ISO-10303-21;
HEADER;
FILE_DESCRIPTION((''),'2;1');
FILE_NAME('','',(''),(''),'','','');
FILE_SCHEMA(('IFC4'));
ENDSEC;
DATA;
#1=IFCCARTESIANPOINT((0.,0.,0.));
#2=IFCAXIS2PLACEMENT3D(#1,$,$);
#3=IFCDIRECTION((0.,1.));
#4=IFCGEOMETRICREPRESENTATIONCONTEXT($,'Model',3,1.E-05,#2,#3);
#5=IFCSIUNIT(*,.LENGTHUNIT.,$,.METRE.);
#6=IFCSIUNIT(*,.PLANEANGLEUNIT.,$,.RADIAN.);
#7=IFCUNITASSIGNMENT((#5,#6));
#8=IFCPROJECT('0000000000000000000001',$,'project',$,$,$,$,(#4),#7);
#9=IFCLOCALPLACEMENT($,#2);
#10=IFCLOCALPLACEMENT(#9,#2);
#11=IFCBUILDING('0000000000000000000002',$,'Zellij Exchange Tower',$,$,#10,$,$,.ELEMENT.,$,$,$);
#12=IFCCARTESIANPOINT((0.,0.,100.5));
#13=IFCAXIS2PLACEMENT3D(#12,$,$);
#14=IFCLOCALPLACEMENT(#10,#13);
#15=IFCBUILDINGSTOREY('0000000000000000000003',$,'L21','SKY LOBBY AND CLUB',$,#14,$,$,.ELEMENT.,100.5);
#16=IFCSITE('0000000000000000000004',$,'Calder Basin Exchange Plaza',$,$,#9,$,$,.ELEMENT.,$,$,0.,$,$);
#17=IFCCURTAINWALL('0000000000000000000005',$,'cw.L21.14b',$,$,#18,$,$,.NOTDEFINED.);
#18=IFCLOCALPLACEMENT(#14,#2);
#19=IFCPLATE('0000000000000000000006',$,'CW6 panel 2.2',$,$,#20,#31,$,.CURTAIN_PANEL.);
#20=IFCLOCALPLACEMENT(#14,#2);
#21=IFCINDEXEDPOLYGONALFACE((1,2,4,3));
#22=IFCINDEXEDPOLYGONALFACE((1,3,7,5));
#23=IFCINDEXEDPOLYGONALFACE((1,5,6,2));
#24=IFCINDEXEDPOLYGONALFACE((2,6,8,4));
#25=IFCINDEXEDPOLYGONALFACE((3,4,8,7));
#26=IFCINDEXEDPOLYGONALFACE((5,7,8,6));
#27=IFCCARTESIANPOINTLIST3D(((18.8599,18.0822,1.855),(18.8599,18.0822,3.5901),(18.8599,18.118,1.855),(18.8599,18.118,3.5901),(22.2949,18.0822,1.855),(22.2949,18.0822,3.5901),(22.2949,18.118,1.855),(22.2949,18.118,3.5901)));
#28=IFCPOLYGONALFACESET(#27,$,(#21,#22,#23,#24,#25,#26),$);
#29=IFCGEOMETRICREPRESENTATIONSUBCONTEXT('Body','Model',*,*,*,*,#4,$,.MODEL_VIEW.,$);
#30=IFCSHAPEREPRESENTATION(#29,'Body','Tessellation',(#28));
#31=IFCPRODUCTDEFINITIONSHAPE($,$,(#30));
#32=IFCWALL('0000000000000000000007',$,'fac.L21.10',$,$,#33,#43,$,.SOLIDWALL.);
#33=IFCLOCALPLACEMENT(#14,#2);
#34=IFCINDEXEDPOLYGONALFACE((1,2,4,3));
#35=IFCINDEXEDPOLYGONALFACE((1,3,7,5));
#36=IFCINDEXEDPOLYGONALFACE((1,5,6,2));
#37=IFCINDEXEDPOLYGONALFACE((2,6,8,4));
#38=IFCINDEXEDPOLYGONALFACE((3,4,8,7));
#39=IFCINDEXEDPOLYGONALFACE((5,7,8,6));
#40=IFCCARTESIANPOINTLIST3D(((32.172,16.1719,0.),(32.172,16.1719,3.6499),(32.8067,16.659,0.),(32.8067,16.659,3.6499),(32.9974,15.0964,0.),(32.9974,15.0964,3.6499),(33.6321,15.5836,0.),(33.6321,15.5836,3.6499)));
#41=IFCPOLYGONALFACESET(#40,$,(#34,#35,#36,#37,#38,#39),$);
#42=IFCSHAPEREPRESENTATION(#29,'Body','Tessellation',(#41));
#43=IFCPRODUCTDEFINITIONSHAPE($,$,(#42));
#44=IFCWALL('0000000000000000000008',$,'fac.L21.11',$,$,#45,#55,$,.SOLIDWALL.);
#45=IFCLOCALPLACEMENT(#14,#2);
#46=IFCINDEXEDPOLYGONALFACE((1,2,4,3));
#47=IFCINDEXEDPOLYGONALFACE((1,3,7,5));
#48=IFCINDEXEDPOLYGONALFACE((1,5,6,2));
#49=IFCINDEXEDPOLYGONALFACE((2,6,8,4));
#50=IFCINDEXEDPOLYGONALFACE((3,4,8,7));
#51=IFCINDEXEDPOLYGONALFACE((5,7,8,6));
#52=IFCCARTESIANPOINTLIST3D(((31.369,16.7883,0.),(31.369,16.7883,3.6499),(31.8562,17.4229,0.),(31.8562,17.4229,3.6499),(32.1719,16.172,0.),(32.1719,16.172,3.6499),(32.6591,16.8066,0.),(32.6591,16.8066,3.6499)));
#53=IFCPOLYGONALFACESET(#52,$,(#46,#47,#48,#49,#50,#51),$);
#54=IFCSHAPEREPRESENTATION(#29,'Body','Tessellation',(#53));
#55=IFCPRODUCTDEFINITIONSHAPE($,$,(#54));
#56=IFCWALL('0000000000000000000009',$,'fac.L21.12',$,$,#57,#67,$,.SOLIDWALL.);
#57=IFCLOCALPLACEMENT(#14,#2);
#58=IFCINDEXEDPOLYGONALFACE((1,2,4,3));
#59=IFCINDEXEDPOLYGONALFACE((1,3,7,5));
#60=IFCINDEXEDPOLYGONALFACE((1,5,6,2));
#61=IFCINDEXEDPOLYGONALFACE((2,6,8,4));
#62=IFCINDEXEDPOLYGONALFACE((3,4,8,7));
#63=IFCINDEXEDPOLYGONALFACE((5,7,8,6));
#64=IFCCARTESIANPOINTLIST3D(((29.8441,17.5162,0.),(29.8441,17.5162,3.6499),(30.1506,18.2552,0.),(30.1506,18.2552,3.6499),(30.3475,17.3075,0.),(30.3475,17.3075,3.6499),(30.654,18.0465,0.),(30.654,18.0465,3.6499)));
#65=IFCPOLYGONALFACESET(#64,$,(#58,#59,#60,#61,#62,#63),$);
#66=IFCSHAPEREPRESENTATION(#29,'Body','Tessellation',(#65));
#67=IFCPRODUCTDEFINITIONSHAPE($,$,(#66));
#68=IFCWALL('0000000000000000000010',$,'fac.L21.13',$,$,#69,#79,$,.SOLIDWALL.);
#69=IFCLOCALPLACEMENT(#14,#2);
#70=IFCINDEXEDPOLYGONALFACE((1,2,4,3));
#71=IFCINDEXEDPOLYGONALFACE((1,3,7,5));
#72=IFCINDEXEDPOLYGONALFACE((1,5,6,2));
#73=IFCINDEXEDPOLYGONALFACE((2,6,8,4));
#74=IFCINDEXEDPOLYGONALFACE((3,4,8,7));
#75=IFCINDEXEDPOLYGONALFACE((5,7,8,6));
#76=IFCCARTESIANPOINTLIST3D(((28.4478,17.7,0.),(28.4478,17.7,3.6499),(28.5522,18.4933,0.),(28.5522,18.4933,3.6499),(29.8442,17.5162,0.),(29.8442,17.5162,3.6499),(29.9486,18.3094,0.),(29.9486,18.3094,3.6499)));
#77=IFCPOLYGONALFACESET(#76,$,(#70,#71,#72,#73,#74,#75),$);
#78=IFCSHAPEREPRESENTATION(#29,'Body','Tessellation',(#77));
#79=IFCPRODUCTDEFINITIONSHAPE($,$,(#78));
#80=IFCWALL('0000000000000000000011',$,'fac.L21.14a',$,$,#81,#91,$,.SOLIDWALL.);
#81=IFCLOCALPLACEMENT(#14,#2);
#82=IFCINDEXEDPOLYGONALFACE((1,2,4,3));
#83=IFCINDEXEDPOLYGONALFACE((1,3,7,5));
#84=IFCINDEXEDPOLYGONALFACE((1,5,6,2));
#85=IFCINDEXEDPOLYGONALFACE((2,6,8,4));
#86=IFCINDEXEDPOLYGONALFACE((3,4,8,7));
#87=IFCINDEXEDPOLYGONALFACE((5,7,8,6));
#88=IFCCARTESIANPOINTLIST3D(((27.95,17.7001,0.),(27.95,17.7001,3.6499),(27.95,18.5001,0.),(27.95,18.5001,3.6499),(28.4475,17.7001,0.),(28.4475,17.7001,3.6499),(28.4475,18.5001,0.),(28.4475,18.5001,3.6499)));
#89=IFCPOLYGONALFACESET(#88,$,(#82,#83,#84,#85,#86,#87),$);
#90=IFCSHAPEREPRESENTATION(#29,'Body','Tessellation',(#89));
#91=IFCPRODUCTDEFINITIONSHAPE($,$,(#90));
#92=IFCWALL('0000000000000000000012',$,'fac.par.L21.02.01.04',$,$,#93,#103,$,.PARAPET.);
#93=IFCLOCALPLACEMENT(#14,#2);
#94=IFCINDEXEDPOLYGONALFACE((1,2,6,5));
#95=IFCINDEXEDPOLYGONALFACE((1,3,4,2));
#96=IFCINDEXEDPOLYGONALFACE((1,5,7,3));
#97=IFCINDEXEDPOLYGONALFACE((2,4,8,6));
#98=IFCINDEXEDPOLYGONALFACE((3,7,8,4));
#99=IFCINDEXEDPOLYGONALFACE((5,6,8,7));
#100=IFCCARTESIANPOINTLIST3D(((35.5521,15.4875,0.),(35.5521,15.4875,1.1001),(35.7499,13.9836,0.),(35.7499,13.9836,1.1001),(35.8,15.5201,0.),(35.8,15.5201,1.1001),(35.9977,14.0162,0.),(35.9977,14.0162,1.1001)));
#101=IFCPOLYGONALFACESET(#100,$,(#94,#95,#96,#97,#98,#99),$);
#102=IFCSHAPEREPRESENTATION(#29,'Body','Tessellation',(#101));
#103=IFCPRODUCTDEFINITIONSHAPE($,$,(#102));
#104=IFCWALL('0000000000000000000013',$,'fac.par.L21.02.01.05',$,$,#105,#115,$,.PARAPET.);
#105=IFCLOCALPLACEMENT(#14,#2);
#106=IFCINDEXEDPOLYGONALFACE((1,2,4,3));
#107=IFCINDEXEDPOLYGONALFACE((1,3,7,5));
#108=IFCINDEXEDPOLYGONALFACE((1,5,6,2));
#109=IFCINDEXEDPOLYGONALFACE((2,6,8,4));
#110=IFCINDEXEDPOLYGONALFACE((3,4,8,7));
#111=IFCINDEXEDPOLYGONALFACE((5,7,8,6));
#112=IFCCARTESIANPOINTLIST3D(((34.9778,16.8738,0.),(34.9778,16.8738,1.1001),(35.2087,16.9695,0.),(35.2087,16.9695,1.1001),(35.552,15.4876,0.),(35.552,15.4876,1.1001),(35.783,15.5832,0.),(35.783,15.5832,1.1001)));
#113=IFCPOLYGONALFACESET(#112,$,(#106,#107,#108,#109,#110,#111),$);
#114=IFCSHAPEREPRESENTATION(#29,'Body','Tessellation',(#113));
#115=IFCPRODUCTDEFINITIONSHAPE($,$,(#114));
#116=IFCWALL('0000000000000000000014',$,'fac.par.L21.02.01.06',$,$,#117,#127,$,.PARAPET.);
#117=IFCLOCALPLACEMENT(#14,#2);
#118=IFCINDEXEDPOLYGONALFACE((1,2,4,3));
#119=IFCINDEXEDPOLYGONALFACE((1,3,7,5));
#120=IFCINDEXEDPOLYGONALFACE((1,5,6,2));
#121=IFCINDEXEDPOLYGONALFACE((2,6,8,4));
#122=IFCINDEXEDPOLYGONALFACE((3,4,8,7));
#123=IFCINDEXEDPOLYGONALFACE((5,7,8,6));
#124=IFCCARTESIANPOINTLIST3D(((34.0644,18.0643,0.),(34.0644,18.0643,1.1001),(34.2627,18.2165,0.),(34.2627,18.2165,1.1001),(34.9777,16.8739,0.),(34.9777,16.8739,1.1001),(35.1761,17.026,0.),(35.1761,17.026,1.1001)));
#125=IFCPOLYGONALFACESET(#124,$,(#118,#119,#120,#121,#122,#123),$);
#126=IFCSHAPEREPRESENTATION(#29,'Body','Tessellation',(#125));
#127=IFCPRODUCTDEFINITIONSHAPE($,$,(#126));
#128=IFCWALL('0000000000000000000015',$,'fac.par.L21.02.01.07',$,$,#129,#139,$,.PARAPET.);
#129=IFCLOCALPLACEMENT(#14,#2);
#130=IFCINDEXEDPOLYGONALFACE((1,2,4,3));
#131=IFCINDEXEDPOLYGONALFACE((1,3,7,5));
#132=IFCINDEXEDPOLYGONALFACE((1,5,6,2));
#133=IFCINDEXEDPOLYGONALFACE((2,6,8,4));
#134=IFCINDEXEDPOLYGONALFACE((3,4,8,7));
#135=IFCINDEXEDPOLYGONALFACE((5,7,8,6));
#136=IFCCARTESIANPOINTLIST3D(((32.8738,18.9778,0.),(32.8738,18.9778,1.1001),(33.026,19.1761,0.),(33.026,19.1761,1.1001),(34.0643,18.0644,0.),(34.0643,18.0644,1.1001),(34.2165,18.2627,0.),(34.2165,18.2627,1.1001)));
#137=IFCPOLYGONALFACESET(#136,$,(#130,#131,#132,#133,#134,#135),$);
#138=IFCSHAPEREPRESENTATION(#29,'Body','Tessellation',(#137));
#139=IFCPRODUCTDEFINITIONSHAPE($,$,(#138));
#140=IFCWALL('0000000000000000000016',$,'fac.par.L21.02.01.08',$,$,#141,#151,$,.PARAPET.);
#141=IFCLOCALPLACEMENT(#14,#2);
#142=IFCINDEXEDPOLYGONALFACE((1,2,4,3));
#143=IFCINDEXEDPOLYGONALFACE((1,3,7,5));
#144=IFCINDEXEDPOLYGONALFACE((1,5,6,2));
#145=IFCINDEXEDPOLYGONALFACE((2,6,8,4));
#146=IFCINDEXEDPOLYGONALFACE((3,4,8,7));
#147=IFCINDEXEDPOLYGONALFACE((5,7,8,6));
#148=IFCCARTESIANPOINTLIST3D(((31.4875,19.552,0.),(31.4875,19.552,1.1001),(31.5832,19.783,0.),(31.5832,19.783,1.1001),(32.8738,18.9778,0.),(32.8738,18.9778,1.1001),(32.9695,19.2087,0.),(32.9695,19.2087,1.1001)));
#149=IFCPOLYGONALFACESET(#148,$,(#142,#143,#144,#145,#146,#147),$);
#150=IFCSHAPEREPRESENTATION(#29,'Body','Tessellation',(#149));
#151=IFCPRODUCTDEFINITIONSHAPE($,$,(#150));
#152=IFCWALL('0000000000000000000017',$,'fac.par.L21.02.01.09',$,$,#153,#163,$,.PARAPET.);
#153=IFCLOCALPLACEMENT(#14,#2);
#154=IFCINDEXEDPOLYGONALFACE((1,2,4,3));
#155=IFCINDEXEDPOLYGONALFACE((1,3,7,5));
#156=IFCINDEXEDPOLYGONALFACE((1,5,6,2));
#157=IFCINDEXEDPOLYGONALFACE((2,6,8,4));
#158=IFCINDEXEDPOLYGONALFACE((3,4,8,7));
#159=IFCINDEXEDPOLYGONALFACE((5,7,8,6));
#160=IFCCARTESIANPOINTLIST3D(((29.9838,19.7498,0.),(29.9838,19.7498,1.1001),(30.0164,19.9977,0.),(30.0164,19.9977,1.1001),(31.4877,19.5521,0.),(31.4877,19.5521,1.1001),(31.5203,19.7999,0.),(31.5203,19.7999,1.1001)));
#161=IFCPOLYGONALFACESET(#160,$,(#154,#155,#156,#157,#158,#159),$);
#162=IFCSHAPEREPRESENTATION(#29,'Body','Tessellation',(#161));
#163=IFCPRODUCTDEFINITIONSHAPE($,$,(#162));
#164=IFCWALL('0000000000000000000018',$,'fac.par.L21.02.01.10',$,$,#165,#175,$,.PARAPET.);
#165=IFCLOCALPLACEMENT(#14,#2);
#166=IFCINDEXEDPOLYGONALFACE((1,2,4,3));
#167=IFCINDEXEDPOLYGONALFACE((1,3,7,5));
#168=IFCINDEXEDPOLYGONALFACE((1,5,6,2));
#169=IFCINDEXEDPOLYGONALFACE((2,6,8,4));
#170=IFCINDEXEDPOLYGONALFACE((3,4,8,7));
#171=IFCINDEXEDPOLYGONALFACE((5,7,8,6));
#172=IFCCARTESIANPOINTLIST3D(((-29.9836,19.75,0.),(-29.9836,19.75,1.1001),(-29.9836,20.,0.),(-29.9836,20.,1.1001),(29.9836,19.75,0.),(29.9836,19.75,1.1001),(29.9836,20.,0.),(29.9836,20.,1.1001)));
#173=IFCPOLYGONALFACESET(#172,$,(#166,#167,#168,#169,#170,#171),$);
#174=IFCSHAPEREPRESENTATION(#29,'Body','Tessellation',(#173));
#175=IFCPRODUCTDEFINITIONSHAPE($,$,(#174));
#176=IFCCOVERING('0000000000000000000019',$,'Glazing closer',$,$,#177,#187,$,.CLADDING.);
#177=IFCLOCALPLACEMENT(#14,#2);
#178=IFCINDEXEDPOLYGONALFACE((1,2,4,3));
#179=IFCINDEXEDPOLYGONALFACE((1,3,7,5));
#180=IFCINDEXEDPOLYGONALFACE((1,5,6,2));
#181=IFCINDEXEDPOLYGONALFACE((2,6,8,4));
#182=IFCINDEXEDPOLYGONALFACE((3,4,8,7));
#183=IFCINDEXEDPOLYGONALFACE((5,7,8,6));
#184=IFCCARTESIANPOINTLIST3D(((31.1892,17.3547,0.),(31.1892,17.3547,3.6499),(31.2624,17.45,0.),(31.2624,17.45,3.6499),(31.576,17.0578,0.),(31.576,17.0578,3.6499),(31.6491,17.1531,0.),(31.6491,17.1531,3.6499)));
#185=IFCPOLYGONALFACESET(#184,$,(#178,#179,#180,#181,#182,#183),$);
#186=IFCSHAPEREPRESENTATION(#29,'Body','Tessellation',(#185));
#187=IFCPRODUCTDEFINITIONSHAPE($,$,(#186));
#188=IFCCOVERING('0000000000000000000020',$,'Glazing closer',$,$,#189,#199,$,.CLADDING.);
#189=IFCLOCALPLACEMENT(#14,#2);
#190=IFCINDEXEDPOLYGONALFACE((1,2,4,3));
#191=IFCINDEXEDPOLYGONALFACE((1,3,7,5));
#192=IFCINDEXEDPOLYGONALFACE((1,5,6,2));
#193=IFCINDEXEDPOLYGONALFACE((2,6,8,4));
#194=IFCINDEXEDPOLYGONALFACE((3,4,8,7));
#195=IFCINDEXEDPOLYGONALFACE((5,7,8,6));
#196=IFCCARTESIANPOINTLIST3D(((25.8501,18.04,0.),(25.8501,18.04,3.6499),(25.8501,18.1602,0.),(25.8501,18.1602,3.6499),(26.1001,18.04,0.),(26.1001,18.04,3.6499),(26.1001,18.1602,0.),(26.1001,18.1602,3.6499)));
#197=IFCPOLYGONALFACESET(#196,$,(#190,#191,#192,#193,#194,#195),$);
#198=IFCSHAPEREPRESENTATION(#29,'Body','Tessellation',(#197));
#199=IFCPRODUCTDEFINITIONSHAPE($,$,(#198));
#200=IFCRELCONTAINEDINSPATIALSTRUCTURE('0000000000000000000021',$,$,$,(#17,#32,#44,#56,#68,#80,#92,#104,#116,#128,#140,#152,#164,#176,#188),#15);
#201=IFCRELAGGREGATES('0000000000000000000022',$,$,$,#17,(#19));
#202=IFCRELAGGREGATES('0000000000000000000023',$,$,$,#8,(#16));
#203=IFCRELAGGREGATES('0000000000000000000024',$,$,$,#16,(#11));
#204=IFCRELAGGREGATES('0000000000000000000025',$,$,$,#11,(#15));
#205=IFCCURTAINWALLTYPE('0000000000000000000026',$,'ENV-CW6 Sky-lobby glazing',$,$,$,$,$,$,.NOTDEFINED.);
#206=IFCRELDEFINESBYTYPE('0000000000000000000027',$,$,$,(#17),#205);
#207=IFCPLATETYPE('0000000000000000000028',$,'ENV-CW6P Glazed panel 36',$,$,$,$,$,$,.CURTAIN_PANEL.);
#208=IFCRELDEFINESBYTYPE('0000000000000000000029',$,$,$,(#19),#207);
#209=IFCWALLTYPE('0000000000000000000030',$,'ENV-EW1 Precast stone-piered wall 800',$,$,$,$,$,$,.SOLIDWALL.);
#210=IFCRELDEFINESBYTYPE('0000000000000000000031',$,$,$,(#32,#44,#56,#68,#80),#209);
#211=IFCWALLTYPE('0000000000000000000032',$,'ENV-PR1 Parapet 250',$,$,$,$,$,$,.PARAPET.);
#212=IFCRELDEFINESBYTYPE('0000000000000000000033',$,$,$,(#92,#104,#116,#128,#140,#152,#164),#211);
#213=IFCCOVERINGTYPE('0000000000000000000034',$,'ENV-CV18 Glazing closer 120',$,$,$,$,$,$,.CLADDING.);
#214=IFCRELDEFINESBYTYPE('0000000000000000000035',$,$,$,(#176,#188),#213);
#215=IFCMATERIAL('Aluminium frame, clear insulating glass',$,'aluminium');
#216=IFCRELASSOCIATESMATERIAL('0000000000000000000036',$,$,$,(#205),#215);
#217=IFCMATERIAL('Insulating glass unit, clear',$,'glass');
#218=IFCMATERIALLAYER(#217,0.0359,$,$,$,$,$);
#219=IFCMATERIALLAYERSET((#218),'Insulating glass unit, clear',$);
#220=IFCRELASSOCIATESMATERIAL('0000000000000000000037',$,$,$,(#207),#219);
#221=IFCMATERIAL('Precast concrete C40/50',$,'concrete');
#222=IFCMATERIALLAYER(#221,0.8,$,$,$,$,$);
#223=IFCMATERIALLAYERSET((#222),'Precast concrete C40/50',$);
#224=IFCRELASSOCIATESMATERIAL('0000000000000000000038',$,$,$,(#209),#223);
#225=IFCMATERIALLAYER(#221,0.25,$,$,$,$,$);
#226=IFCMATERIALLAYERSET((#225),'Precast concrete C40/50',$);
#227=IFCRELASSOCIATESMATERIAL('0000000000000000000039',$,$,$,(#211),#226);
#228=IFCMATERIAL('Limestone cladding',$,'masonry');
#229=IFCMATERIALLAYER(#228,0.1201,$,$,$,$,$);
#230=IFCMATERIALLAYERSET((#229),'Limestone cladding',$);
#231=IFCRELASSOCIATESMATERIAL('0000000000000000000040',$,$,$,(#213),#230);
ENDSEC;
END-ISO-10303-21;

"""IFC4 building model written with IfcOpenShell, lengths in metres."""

from ifc_helpers import new_model, si_unit, direction, frame, frame_2d, origin, origin_2d, place, context, subcontext, project, spatial, rectangle, extrude, material, layer, layer_set, type_object, element, aggregate, save


model = new_model("IFC4")

# Units and contexts
model_context = context("Model", 3, precision=1e-05, world=origin(), true_north=direction((0.0, 1.0)))
body_context = subcontext(model_context, "Body", "Model", "MODEL_VIEW")
ifc_project = project(units=[si_unit("LENGTHUNIT", "METRE"), si_unit("PLANEANGLEUNIT", "RADIAN")], contexts=[model_context])

# Site, building, storey
site_placement = place(None, origin())
site = spatial("IfcSite", under=ifc_project, at=site_placement, Name="Calder Basin Exchange Plaza", CompositionType="ELEMENT", RefElevation=0.0)
building_placement = place(site_placement, origin())
building = spatial("IfcBuilding", under=site, at=building_placement, Name="Zellij Exchange Tower", CompositionType="ELEMENT")
storey_placement = place(building_placement, frame((0.0, 0.0, 100.5)))
storey = spatial("IfcBuildingStorey", under=building, at=storey_placement, Name="L21", Description="SKY LOBBY AND CLUB", CompositionType="ELEMENT", Elevation=100.5)

# Curtain wall
ifc_material_1 = material(Name="Aluminium frame, clear insulating glass", Category="aluminium")
curtain_wall_type = type_object("IfcCurtainWallType", Name="ENV-CW6 Sky-lobby glazing", PredefinedType="NOTDEFINED", material=ifc_material_1)
curtain_wall_placement = place(storey_placement, origin())
curtain_wall = element("IfcCurtainWall", 1, at=curtain_wall_placement, inside=storey, type_object=curtain_wall_type, Name="cw.L21.14b", PredefinedType="NOTDEFINED")

# Plate
ifc_material_2 = material(Name="Insulating glass unit, clear", Category="glass")
ifc_layer_1 = layer(ifc_material_2, 0.0359)
ifc_layer_set_1 = layer_set([ifc_layer_1], Name="Insulating glass unit, clear")
plate_type = type_object("IfcPlateType", Name="ENV-CW6P Glazed panel 36", PredefinedType="CURTAIN_PANEL", material=ifc_layer_set_1)
plate_1_placement = place(storey_placement, frame((20.5774, 18.1001, 1.855), z_axis=(0.0, 0.0, 1.0), x_axis=(-1.0, 0.0, 0.0)))
plate_1 = element("IfcPlate", 2, at=plate_1_placement, type_object=plate_type, Name="CW6 panel 2.2", PredefinedType="CURTAIN_PANEL", context=body_context, shape_type="SweptSolid", body=[
    extrude(rectangle(XDim=3.4351, YDim=0.0359, at=origin_2d()), origin(), (0.0, 0.0, 1.0), 1.7351),
])
aggregate(curtain_wall, [plate_1])

# Walls
ifc_material_3 = material(Name="Precast concrete C40/50", Category="concrete")
ifc_layer_2 = layer(ifc_material_3, 0.8)
ifc_layer_set_2 = layer_set([ifc_layer_2], Name="Precast concrete C40/50")
wall_type_1 = type_object("IfcWallType", Name="ENV-EW1 Precast stone-piered wall 800", PredefinedType="SOLIDWALL", material=ifc_layer_set_2)
wall_1_placement = place(storey_placement, frame((33.3147, 15.3401, 0.0), z_axis=(0.0, 0.0, 1.0), x_axis=(-0.608866, 0.793273, 0.0)))
element("IfcWall", 3, at=wall_1_placement, inside=storey, type_object=wall_type_1, Name="fac.L21.10", PredefinedType="SOLIDWALL", context=body_context, shape_type="SweptSolid", body=[
    extrude(rectangle(XDim=1.3557, YDim=0.8, at=frame_2d((0.6777, 0.0))), origin(), (0.0, 0.0, 1.0), 3.6499),
])
wall_2_placement = place(storey_placement, frame((32.4155, 16.4893, 0.0), z_axis=(0.0, 0.0, 1.0), x_axis=(-0.793206, 0.608953, 0.0)))
element("IfcWall", 4, at=wall_2_placement, inside=storey, type_object=wall_type_1, Name="fac.L21.11", PredefinedType="SOLIDWALL", context=body_context, shape_type="SweptSolid", body=[
    extrude(rectangle(XDim=1.0122, YDim=0.8, at=frame_2d((0.5061, 0.0))), origin(), (0.0, 0.0, 1.0), 3.6499),
])
wall_3_placement = place(storey_placement, frame((30.5007, 17.677, 0.0), z_axis=(0.0, 0.0, 1.0), x_axis=(-0.923738, 0.383024, 0.0)))
element("IfcWall", 5, at=wall_3_placement, inside=storey, type_object=wall_type_1, Name="fac.L21.12", PredefinedType="SOLIDWALL", context=body_context, shape_type="SweptSolid", body=[
    extrude(rectangle(XDim=0.5449, YDim=0.8, at=frame_2d((0.2725, 0.0))), origin(), (0.0, 0.0, 1.0), 3.6499),
])
wall_4_placement = place(storey_placement, frame((29.8962, 17.9128, 0.0), z_axis=(0.0, 0.0, 1.0), x_axis=(-0.991446, 0.130517, 0.0)))
element("IfcWall", 6, at=wall_4_placement, inside=storey, type_object=wall_type_1, Name="fac.L21.13", PredefinedType="SOLIDWALL", context=body_context, shape_type="SweptSolid", body=[
    extrude(rectangle(XDim=1.4084, YDim=0.8, at=frame_2d((0.7041, 0.0))), origin(), (0.0, 0.0, 1.0), 3.6499),
])
wall_5_placement = place(storey_placement, frame((28.4475, 18.1001, 0.0), z_axis=(0.0, 0.0, 1.0), x_axis=(-1.0, 0.0, 0.0)))
element("IfcWall", 7, at=wall_5_placement, inside=storey, type_object=wall_type_1, Name="fac.L21.14a", PredefinedType="SOLIDWALL", context=body_context, shape_type="SweptSolid", body=[
    extrude(rectangle(XDim=0.4976, YDim=0.8, at=frame_2d((0.2488, 0.0))), origin(), (0.0, 0.0, 1.0), 3.6499),
])
ifc_layer_3 = layer(ifc_material_3, 0.25)
ifc_layer_set_3 = layer_set([ifc_layer_3], Name="Precast concrete C40/50")
wall_type_2 = type_object("IfcWallType", Name="ENV-PR1 Parapet 250", PredefinedType="PARAPET", material=ifc_layer_set_3)
wall_6_placement = place(storey_placement, frame((35.8738, 14.0, 0.0), z_axis=(0.0, 0.0, 1.0), x_axis=(-0.130371, 0.991465, 0.0)))
element("IfcWall", 8, at=wall_6_placement, inside=storey, type_object=wall_type_2, Name="fac.par.L21.02.01.04", PredefinedType="PARAPET", context=body_context, shape_type="SweptSolid", body=[
    extrude(rectangle(XDim=1.5168, YDim=0.25, at=frame_2d((0.7583, 0.0))), origin(), (0.0, 0.0, 1.0), 1.1001),
])
for number, where, z_axis, x_axis, name in (
    (9, (35.6675, 15.5354, 0.0), (0.0, 0.0, 1.0), (-0.382697, 0.923874, 0.0), "fac.par.L21.02.01.05"),
    (10, (35.0769, 16.95, 0.0), (0.0, 0.0, 1.0), (-0.608712, 0.793392, 0.0), "fac.par.L21.02.01.06"),
    (11, (34.1404, 18.1636, 0.0), (0.0, 0.0, 1.0), (-0.793392, 0.608712, 0.0), "fac.par.L21.02.01.07"),
    (12, (32.9216, 19.0933, 0.0), (0.0, 0.0, 1.0), (-0.923874, 0.382697, 0.0), "fac.par.L21.02.01.08"),
):
    element("IfcWall", number, at=place(storey_placement, frame(where, z_axis=z_axis, x_axis=x_axis)), inside=storey, type_object=wall_type_2, Name=name, PredefinedType="PARAPET", context=body_context, shape_type="SweptSolid", body=[
        extrude(rectangle(XDim=1.5005, YDim=0.25, at=frame_2d((0.7502, 0.0))), origin(), (0.0, 0.0, 1.0), 1.1001),
    ])
wall_7_placement = place(storey_placement, frame((31.5039, 19.676, 0.0), z_axis=(0.0, 0.0, 1.0), x_axis=(-0.991465, 0.130371, 0.0)))
element("IfcWall", 13, at=wall_7_placement, inside=storey, type_object=wall_type_2, Name="fac.par.L21.02.01.09", PredefinedType="PARAPET", context=body_context, shape_type="SweptSolid", body=[
    extrude(rectangle(XDim=1.5168, YDim=0.25, at=frame_2d((0.7583, 0.0))), origin(), (0.0, 0.0, 1.0), 1.1001),
])
wall_8_placement = place(storey_placement, frame((29.9836, 19.875, 0.0), z_axis=(0.0, 0.0, 1.0), x_axis=(-1.0, 0.0, 0.0)))
element("IfcWall", 14, at=wall_8_placement, inside=storey, type_object=wall_type_2, Name="fac.par.L21.02.01.10", PredefinedType="PARAPET", context=body_context, shape_type="SweptSolid", body=[
    extrude(rectangle(XDim=59.9673, YDim=0.25, at=frame_2d((29.9836, 0.0))), origin(), (0.0, 0.0, 1.0), 1.1001),
])

# Coverings
ifc_material_4 = material(Name="Limestone cladding", Category="masonry")
ifc_layer_4 = layer(ifc_material_4, 0.1201)
ifc_layer_set_4 = layer_set([ifc_layer_4], Name="Limestone cladding")
covering_type = type_object("IfcCoveringType", Name="ENV-CV18 Glazing closer 120", PredefinedType="CLADDING", material=ifc_layer_set_4)
covering_1_placement = place(storey_placement, frame((31.4192, 17.2539, 0.0), z_axis=(0.0, 0.0, 1.0), x_axis=(-0.793316, 0.60881, 0.0)))
element("IfcCovering", 15, at=covering_1_placement, inside=storey, type_object=covering_type, Name="Glazing closer", PredefinedType="CLADDING", context=body_context, shape_type="SweptSolid", body=[
    extrude(rectangle(XDim=0.4875, YDim=0.1201, at=origin_2d()), origin(), (0.0, 0.0, 1.0), 3.6499),
])
for number, where, z_axis, x_axis, name in (
    (16, (25.9751, 18.1001, 0.0), (0.0, 0.0, 1.0), (1.0, 0.0, 0.0), "Glazing closer"),
):
    element("IfcCovering", number, at=place(storey_placement, frame(where, z_axis=z_axis, x_axis=x_axis)), inside=storey, type_object=covering_type, Name=name, PredefinedType="CLADDING", context=body_context, shape_type="SweptSolid", body=[
        extrude(rectangle(XDim=0.25, YDim=0.1201, at=origin_2d()), origin(), (0.0, 0.0, 1.0), 3.6499),
    ])

save(model, "model.ifc")
